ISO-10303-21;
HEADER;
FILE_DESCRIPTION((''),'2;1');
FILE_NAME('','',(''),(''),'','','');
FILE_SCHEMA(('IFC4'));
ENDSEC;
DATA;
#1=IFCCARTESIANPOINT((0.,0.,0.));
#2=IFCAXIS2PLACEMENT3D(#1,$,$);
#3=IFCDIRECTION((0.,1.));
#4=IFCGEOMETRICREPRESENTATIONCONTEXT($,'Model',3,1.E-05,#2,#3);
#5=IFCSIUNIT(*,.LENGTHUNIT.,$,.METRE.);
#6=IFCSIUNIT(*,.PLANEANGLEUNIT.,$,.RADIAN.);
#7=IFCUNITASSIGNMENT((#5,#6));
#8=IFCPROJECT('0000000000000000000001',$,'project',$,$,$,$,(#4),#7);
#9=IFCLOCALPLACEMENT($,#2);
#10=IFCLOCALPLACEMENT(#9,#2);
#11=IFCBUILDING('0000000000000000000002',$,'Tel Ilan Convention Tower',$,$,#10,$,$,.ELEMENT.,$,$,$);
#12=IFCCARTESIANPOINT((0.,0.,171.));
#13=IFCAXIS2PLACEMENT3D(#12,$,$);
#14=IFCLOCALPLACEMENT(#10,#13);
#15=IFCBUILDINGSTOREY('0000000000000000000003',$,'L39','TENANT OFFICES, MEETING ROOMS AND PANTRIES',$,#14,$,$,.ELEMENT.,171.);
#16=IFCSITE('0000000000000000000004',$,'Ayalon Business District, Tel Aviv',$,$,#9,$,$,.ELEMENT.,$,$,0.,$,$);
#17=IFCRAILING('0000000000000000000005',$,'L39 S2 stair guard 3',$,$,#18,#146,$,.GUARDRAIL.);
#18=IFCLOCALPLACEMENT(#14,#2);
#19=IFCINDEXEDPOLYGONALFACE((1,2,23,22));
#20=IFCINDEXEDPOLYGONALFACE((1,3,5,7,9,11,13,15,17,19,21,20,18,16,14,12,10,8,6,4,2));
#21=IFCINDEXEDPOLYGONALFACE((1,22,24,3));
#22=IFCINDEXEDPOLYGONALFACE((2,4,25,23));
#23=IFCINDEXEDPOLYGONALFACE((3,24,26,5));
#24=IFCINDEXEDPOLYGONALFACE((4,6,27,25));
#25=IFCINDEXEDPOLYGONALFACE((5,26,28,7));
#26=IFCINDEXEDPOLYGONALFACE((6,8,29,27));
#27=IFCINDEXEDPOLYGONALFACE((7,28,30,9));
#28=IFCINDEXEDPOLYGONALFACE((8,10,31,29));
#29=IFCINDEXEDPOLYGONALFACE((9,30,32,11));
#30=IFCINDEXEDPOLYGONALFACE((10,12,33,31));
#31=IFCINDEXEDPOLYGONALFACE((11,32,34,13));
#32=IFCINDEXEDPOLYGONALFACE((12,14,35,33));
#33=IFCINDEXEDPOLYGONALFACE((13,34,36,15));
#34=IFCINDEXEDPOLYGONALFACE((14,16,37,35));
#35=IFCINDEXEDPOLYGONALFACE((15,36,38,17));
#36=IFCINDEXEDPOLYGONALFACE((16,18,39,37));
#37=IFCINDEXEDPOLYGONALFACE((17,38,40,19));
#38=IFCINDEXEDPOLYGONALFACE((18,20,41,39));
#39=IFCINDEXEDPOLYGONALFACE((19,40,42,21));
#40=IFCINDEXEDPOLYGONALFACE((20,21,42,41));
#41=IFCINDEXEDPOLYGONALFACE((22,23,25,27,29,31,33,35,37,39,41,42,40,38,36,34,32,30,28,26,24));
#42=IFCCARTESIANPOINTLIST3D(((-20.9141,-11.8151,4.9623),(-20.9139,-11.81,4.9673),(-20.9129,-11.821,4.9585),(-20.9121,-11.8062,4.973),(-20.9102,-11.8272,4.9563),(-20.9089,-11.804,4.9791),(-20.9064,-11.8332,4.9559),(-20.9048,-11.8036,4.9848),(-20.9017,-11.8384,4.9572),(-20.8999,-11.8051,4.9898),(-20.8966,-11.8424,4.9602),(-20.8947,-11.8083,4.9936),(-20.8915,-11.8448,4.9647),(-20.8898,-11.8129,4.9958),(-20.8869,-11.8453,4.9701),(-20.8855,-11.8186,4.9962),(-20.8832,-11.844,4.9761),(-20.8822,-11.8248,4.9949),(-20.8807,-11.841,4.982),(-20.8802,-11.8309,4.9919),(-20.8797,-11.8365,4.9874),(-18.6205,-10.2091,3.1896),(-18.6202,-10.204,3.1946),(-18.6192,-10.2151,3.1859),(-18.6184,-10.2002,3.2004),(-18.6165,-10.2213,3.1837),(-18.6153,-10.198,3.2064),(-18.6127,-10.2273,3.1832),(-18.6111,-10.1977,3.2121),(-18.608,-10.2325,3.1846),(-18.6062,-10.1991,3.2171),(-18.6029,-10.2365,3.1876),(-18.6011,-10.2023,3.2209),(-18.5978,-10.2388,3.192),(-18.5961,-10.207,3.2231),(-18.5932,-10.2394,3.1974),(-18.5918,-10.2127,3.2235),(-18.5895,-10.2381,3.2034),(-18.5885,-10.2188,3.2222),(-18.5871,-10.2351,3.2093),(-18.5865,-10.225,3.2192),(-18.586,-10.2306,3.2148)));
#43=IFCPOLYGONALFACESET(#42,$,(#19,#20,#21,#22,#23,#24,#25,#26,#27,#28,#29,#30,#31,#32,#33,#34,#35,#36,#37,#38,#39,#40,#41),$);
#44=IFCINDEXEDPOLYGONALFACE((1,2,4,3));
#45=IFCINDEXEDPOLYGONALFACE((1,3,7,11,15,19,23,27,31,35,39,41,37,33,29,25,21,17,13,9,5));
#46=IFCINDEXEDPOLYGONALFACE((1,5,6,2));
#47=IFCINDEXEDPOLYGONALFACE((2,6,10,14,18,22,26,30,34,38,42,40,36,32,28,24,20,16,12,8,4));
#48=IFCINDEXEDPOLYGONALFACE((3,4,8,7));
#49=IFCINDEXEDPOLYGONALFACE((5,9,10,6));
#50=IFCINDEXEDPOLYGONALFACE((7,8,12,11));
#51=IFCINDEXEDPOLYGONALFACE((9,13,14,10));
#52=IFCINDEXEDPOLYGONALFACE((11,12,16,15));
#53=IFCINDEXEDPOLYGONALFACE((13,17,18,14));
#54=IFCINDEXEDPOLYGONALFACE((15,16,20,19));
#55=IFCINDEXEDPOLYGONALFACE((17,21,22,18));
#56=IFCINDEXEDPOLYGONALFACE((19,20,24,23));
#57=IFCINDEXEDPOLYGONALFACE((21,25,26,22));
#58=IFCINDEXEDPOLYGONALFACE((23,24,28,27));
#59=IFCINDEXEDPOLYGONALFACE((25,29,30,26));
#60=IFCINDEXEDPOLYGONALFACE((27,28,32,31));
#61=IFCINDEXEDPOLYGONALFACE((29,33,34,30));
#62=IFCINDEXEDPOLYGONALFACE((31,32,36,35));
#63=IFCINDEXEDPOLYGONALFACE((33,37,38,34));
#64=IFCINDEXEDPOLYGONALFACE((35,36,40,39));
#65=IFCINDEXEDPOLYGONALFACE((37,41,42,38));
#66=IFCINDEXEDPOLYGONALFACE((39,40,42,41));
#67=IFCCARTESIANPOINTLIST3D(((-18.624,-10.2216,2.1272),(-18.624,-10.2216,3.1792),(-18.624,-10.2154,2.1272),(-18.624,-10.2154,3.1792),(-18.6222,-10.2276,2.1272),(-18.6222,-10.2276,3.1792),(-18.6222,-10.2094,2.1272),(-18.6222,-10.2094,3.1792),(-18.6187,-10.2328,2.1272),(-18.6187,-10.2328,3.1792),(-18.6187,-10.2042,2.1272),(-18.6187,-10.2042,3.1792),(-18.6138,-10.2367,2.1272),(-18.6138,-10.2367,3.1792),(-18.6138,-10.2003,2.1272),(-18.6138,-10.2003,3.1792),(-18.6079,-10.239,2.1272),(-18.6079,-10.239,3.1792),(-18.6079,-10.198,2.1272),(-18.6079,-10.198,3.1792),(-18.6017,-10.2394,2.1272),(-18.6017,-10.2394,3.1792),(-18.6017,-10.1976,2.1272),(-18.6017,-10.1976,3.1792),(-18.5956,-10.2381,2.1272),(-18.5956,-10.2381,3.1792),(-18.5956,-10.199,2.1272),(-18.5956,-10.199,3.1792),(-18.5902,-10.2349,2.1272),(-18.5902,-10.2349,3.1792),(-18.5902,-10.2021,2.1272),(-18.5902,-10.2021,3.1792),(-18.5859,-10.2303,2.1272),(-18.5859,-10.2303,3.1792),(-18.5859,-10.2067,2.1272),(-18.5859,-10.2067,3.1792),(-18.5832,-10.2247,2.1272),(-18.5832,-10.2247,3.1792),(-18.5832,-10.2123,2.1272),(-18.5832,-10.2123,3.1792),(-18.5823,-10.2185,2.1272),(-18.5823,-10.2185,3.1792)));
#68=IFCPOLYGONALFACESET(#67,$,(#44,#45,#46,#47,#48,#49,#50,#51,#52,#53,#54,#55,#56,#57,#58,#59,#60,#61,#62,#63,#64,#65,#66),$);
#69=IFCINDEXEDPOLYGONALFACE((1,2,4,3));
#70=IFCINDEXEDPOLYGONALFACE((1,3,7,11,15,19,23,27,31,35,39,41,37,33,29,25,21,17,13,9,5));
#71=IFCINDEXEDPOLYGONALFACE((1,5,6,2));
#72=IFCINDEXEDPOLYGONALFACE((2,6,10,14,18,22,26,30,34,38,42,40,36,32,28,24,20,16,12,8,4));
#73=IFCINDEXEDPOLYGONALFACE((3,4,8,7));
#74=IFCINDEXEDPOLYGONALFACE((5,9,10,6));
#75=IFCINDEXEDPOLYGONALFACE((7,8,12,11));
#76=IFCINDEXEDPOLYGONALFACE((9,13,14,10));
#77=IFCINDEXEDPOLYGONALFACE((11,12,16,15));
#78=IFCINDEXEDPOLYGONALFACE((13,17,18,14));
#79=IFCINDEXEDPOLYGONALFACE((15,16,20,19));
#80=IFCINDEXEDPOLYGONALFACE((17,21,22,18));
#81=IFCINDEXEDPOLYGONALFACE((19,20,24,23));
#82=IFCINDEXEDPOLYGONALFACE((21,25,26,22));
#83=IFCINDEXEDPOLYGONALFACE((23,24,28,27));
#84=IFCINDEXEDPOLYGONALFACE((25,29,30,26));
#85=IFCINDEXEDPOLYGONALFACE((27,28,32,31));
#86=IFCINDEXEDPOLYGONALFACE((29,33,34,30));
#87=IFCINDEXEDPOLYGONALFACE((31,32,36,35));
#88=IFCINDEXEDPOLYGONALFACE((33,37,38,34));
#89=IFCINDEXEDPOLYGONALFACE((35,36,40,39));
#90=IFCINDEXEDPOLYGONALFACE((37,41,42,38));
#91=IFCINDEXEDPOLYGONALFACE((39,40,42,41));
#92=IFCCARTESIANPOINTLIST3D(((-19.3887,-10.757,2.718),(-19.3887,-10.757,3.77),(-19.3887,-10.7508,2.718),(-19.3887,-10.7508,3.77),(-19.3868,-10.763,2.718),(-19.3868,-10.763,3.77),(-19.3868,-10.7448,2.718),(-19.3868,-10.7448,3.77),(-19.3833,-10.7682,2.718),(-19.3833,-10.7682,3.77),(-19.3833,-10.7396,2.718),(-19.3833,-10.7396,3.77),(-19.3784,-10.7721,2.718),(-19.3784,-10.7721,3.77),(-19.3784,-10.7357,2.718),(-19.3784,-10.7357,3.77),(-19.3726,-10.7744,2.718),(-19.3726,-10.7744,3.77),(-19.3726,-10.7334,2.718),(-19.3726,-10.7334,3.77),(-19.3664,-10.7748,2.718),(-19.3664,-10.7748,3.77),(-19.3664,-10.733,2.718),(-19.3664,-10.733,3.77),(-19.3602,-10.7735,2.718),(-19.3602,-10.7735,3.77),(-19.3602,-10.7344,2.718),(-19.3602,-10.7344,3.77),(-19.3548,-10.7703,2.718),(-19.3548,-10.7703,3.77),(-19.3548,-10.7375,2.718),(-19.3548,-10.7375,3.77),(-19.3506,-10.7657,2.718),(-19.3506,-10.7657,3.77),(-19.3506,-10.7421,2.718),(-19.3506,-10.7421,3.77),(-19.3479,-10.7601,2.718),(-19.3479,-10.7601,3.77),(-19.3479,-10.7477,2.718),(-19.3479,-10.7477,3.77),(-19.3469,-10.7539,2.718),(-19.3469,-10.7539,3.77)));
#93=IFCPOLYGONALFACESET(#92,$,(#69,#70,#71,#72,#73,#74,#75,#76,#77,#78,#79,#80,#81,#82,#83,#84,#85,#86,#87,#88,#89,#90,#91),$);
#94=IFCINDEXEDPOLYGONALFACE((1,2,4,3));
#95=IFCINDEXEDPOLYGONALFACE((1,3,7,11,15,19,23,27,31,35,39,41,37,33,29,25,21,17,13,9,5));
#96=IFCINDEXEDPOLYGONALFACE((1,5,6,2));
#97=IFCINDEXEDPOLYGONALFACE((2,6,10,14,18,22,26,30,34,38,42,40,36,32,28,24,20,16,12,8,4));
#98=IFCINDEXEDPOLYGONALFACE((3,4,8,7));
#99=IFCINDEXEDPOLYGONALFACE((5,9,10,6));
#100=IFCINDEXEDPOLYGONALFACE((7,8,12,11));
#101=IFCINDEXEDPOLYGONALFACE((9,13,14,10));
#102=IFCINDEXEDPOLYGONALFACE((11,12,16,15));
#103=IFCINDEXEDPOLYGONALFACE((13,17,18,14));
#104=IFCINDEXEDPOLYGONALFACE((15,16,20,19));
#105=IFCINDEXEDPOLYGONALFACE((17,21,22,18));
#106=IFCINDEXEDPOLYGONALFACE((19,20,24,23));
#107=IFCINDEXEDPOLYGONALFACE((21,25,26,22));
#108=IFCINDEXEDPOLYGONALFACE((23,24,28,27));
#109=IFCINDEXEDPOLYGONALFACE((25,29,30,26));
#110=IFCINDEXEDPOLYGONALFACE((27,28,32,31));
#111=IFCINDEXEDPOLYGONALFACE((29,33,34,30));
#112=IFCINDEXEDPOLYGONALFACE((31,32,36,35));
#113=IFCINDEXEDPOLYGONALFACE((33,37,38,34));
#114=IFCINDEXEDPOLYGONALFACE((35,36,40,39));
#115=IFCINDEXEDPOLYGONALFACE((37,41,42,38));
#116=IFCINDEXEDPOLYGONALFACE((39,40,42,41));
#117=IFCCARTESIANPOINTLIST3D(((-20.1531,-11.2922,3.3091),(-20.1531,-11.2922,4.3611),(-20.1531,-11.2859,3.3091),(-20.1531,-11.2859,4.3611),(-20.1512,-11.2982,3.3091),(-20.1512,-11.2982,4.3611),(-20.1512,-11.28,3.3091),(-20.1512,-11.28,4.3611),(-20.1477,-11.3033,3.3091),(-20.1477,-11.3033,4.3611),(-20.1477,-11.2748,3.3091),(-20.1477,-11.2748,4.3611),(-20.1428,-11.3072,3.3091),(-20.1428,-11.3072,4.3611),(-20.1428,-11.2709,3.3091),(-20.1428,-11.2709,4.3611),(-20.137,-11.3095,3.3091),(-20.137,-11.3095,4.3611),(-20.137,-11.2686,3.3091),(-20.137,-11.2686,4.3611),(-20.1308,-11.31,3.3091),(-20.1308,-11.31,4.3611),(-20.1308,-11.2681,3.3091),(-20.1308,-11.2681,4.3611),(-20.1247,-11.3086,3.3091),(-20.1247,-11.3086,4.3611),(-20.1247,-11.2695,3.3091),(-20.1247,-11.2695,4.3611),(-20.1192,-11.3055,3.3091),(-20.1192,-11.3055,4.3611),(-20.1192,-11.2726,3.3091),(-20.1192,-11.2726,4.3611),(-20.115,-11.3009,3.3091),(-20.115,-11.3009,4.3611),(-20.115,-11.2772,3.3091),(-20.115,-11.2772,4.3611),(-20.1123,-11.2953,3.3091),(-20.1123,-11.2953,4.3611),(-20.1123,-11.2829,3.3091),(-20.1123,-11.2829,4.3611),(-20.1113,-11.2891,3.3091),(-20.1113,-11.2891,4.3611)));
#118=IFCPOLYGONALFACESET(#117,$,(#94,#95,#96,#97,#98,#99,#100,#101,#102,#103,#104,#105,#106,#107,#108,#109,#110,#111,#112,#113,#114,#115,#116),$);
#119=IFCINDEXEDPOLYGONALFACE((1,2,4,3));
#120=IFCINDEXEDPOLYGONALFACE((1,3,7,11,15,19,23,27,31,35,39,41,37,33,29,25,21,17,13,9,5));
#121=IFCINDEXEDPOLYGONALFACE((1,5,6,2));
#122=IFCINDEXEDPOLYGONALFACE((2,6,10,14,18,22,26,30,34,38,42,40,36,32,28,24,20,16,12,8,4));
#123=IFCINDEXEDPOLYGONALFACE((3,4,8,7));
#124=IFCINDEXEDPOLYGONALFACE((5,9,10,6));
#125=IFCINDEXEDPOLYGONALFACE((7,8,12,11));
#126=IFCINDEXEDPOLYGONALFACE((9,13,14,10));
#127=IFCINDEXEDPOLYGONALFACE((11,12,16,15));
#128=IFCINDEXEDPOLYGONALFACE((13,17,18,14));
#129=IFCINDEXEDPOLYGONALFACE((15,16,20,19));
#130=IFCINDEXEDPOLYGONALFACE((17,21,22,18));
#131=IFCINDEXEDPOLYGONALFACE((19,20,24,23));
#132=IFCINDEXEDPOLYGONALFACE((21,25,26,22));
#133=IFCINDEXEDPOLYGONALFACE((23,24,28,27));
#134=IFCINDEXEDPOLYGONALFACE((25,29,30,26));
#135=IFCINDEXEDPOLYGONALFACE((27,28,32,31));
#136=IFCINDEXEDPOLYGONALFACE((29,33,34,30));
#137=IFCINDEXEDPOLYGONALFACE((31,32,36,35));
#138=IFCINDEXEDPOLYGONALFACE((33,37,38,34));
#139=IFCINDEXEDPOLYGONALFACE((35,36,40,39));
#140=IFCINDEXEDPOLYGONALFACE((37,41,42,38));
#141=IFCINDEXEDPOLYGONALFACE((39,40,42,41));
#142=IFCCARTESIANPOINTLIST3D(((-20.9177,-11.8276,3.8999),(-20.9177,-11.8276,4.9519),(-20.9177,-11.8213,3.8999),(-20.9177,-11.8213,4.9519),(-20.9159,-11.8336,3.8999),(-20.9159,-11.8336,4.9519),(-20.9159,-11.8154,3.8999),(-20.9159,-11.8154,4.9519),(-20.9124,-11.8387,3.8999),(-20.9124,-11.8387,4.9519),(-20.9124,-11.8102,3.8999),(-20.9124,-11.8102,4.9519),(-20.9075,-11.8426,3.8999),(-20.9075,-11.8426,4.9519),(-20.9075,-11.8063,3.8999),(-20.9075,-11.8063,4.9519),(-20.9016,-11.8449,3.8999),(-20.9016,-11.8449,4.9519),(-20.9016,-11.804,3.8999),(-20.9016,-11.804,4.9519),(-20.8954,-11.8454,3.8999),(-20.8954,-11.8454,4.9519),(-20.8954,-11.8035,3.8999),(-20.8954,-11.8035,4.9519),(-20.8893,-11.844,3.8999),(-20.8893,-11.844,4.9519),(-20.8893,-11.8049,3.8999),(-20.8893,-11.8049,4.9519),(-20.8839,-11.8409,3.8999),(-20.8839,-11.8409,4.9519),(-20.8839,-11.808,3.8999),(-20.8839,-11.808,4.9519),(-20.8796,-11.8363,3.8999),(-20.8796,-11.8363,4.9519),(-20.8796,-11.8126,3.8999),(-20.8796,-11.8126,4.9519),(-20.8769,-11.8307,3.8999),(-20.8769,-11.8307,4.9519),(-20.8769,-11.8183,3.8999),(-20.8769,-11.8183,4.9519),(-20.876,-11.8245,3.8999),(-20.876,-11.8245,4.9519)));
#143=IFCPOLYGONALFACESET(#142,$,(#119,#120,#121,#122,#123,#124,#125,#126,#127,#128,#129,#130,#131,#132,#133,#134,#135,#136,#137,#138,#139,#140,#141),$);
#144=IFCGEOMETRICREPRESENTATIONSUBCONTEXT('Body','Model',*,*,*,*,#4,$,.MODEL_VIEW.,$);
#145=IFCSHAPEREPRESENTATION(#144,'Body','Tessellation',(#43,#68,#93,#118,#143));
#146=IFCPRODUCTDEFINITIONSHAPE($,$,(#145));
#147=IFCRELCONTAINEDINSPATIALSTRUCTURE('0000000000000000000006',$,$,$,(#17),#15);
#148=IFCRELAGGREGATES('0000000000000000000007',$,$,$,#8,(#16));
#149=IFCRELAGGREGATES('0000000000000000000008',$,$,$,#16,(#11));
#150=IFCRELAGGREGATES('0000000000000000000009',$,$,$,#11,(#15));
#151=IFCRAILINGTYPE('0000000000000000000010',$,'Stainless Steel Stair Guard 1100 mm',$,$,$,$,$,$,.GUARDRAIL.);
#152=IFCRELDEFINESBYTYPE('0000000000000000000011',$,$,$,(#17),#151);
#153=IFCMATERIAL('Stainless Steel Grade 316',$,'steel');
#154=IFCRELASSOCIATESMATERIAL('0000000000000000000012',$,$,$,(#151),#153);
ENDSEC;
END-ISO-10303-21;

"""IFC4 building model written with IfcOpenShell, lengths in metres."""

from ifc_helpers import new_model, si_unit, direction, frame, origin, origin_2d, place, context, subcontext, project, spatial, circle, extrude, material, type_object, element, save


model = new_model("IFC4")

# Units and contexts
model_context = context("Model", 3, precision=1e-05, world=origin(), true_north=direction((0.0, 1.0)))
body_context = subcontext(model_context, "Body", "Model", "MODEL_VIEW")
ifc_project = project(units=[si_unit("LENGTHUNIT", "METRE"), si_unit("PLANEANGLEUNIT", "RADIAN")], contexts=[model_context])

# Site, building, storey
site_placement = place(None, origin())
site = spatial("IfcSite", under=ifc_project, at=site_placement, Name="Ayalon Business District, Tel Aviv", CompositionType="ELEMENT", RefElevation=0.0)
building_placement = place(site_placement, origin())
building = spatial("IfcBuilding", under=site, at=building_placement, Name="Tel Ilan Convention Tower", CompositionType="ELEMENT")
storey_placement = place(building_placement, frame((0.0, 0.0, 171.0)))
storey = spatial("IfcBuildingStorey", under=building, at=storey_placement, Name="L39", Description="TENANT OFFICES, MEETING ROOMS AND PANTRIES", CompositionType="ELEMENT", Elevation=171.0)

# Railing
ifc_material_1 = material(Name="Stainless Steel Grade 316", Category="steel")
railing_type_1 = type_object("IfcRailingType", Name="Stainless Steel Stair Guard 1100 mm", PredefinedType="GUARDRAIL", material=ifc_material_1)
railing_1_placement = place(storey_placement, frame((-18.6033, -10.2185, 2.1272)))
element("IfcRailing", 1, at=railing_1_placement, inside=storey, type_object=railing_type_1, Name="L39 S2 stair guard 3", PredefinedType="GUARDRAIL", context=body_context, shape_type="SweptSolid", body=[
    extrude(circle(Radius=0.0239, at=origin_2d()), frame((0.0, 0.0, 1.0762), z_axis=(-0.692123, -0.484597, 0.534913), x_axis=(0.57355, -0.81917, 0.0)), (0.0, 0.0, 1.0), 3.314),
    extrude(circle(Radius=0.021, at=origin_2d()), origin(), (0.0, 0.0, 1.0), 1.052),
    extrude(circle(Radius=0.021, at=origin_2d()), frame((-0.7646, -0.5354, 0.5908)), (0.0, 0.0, 1.0), 1.052),
    extrude(circle(Radius=0.021, at=origin_2d()), frame((-1.5291, -1.0706, 1.1819)), (0.0, 0.0, 1.0), 1.052),
    extrude(circle(Radius=0.021, at=origin_2d()), frame((-2.2937, -1.606, 1.7727)), (0.0, 0.0, 1.0), 1.052),
])

save(model, "model.ifc")
